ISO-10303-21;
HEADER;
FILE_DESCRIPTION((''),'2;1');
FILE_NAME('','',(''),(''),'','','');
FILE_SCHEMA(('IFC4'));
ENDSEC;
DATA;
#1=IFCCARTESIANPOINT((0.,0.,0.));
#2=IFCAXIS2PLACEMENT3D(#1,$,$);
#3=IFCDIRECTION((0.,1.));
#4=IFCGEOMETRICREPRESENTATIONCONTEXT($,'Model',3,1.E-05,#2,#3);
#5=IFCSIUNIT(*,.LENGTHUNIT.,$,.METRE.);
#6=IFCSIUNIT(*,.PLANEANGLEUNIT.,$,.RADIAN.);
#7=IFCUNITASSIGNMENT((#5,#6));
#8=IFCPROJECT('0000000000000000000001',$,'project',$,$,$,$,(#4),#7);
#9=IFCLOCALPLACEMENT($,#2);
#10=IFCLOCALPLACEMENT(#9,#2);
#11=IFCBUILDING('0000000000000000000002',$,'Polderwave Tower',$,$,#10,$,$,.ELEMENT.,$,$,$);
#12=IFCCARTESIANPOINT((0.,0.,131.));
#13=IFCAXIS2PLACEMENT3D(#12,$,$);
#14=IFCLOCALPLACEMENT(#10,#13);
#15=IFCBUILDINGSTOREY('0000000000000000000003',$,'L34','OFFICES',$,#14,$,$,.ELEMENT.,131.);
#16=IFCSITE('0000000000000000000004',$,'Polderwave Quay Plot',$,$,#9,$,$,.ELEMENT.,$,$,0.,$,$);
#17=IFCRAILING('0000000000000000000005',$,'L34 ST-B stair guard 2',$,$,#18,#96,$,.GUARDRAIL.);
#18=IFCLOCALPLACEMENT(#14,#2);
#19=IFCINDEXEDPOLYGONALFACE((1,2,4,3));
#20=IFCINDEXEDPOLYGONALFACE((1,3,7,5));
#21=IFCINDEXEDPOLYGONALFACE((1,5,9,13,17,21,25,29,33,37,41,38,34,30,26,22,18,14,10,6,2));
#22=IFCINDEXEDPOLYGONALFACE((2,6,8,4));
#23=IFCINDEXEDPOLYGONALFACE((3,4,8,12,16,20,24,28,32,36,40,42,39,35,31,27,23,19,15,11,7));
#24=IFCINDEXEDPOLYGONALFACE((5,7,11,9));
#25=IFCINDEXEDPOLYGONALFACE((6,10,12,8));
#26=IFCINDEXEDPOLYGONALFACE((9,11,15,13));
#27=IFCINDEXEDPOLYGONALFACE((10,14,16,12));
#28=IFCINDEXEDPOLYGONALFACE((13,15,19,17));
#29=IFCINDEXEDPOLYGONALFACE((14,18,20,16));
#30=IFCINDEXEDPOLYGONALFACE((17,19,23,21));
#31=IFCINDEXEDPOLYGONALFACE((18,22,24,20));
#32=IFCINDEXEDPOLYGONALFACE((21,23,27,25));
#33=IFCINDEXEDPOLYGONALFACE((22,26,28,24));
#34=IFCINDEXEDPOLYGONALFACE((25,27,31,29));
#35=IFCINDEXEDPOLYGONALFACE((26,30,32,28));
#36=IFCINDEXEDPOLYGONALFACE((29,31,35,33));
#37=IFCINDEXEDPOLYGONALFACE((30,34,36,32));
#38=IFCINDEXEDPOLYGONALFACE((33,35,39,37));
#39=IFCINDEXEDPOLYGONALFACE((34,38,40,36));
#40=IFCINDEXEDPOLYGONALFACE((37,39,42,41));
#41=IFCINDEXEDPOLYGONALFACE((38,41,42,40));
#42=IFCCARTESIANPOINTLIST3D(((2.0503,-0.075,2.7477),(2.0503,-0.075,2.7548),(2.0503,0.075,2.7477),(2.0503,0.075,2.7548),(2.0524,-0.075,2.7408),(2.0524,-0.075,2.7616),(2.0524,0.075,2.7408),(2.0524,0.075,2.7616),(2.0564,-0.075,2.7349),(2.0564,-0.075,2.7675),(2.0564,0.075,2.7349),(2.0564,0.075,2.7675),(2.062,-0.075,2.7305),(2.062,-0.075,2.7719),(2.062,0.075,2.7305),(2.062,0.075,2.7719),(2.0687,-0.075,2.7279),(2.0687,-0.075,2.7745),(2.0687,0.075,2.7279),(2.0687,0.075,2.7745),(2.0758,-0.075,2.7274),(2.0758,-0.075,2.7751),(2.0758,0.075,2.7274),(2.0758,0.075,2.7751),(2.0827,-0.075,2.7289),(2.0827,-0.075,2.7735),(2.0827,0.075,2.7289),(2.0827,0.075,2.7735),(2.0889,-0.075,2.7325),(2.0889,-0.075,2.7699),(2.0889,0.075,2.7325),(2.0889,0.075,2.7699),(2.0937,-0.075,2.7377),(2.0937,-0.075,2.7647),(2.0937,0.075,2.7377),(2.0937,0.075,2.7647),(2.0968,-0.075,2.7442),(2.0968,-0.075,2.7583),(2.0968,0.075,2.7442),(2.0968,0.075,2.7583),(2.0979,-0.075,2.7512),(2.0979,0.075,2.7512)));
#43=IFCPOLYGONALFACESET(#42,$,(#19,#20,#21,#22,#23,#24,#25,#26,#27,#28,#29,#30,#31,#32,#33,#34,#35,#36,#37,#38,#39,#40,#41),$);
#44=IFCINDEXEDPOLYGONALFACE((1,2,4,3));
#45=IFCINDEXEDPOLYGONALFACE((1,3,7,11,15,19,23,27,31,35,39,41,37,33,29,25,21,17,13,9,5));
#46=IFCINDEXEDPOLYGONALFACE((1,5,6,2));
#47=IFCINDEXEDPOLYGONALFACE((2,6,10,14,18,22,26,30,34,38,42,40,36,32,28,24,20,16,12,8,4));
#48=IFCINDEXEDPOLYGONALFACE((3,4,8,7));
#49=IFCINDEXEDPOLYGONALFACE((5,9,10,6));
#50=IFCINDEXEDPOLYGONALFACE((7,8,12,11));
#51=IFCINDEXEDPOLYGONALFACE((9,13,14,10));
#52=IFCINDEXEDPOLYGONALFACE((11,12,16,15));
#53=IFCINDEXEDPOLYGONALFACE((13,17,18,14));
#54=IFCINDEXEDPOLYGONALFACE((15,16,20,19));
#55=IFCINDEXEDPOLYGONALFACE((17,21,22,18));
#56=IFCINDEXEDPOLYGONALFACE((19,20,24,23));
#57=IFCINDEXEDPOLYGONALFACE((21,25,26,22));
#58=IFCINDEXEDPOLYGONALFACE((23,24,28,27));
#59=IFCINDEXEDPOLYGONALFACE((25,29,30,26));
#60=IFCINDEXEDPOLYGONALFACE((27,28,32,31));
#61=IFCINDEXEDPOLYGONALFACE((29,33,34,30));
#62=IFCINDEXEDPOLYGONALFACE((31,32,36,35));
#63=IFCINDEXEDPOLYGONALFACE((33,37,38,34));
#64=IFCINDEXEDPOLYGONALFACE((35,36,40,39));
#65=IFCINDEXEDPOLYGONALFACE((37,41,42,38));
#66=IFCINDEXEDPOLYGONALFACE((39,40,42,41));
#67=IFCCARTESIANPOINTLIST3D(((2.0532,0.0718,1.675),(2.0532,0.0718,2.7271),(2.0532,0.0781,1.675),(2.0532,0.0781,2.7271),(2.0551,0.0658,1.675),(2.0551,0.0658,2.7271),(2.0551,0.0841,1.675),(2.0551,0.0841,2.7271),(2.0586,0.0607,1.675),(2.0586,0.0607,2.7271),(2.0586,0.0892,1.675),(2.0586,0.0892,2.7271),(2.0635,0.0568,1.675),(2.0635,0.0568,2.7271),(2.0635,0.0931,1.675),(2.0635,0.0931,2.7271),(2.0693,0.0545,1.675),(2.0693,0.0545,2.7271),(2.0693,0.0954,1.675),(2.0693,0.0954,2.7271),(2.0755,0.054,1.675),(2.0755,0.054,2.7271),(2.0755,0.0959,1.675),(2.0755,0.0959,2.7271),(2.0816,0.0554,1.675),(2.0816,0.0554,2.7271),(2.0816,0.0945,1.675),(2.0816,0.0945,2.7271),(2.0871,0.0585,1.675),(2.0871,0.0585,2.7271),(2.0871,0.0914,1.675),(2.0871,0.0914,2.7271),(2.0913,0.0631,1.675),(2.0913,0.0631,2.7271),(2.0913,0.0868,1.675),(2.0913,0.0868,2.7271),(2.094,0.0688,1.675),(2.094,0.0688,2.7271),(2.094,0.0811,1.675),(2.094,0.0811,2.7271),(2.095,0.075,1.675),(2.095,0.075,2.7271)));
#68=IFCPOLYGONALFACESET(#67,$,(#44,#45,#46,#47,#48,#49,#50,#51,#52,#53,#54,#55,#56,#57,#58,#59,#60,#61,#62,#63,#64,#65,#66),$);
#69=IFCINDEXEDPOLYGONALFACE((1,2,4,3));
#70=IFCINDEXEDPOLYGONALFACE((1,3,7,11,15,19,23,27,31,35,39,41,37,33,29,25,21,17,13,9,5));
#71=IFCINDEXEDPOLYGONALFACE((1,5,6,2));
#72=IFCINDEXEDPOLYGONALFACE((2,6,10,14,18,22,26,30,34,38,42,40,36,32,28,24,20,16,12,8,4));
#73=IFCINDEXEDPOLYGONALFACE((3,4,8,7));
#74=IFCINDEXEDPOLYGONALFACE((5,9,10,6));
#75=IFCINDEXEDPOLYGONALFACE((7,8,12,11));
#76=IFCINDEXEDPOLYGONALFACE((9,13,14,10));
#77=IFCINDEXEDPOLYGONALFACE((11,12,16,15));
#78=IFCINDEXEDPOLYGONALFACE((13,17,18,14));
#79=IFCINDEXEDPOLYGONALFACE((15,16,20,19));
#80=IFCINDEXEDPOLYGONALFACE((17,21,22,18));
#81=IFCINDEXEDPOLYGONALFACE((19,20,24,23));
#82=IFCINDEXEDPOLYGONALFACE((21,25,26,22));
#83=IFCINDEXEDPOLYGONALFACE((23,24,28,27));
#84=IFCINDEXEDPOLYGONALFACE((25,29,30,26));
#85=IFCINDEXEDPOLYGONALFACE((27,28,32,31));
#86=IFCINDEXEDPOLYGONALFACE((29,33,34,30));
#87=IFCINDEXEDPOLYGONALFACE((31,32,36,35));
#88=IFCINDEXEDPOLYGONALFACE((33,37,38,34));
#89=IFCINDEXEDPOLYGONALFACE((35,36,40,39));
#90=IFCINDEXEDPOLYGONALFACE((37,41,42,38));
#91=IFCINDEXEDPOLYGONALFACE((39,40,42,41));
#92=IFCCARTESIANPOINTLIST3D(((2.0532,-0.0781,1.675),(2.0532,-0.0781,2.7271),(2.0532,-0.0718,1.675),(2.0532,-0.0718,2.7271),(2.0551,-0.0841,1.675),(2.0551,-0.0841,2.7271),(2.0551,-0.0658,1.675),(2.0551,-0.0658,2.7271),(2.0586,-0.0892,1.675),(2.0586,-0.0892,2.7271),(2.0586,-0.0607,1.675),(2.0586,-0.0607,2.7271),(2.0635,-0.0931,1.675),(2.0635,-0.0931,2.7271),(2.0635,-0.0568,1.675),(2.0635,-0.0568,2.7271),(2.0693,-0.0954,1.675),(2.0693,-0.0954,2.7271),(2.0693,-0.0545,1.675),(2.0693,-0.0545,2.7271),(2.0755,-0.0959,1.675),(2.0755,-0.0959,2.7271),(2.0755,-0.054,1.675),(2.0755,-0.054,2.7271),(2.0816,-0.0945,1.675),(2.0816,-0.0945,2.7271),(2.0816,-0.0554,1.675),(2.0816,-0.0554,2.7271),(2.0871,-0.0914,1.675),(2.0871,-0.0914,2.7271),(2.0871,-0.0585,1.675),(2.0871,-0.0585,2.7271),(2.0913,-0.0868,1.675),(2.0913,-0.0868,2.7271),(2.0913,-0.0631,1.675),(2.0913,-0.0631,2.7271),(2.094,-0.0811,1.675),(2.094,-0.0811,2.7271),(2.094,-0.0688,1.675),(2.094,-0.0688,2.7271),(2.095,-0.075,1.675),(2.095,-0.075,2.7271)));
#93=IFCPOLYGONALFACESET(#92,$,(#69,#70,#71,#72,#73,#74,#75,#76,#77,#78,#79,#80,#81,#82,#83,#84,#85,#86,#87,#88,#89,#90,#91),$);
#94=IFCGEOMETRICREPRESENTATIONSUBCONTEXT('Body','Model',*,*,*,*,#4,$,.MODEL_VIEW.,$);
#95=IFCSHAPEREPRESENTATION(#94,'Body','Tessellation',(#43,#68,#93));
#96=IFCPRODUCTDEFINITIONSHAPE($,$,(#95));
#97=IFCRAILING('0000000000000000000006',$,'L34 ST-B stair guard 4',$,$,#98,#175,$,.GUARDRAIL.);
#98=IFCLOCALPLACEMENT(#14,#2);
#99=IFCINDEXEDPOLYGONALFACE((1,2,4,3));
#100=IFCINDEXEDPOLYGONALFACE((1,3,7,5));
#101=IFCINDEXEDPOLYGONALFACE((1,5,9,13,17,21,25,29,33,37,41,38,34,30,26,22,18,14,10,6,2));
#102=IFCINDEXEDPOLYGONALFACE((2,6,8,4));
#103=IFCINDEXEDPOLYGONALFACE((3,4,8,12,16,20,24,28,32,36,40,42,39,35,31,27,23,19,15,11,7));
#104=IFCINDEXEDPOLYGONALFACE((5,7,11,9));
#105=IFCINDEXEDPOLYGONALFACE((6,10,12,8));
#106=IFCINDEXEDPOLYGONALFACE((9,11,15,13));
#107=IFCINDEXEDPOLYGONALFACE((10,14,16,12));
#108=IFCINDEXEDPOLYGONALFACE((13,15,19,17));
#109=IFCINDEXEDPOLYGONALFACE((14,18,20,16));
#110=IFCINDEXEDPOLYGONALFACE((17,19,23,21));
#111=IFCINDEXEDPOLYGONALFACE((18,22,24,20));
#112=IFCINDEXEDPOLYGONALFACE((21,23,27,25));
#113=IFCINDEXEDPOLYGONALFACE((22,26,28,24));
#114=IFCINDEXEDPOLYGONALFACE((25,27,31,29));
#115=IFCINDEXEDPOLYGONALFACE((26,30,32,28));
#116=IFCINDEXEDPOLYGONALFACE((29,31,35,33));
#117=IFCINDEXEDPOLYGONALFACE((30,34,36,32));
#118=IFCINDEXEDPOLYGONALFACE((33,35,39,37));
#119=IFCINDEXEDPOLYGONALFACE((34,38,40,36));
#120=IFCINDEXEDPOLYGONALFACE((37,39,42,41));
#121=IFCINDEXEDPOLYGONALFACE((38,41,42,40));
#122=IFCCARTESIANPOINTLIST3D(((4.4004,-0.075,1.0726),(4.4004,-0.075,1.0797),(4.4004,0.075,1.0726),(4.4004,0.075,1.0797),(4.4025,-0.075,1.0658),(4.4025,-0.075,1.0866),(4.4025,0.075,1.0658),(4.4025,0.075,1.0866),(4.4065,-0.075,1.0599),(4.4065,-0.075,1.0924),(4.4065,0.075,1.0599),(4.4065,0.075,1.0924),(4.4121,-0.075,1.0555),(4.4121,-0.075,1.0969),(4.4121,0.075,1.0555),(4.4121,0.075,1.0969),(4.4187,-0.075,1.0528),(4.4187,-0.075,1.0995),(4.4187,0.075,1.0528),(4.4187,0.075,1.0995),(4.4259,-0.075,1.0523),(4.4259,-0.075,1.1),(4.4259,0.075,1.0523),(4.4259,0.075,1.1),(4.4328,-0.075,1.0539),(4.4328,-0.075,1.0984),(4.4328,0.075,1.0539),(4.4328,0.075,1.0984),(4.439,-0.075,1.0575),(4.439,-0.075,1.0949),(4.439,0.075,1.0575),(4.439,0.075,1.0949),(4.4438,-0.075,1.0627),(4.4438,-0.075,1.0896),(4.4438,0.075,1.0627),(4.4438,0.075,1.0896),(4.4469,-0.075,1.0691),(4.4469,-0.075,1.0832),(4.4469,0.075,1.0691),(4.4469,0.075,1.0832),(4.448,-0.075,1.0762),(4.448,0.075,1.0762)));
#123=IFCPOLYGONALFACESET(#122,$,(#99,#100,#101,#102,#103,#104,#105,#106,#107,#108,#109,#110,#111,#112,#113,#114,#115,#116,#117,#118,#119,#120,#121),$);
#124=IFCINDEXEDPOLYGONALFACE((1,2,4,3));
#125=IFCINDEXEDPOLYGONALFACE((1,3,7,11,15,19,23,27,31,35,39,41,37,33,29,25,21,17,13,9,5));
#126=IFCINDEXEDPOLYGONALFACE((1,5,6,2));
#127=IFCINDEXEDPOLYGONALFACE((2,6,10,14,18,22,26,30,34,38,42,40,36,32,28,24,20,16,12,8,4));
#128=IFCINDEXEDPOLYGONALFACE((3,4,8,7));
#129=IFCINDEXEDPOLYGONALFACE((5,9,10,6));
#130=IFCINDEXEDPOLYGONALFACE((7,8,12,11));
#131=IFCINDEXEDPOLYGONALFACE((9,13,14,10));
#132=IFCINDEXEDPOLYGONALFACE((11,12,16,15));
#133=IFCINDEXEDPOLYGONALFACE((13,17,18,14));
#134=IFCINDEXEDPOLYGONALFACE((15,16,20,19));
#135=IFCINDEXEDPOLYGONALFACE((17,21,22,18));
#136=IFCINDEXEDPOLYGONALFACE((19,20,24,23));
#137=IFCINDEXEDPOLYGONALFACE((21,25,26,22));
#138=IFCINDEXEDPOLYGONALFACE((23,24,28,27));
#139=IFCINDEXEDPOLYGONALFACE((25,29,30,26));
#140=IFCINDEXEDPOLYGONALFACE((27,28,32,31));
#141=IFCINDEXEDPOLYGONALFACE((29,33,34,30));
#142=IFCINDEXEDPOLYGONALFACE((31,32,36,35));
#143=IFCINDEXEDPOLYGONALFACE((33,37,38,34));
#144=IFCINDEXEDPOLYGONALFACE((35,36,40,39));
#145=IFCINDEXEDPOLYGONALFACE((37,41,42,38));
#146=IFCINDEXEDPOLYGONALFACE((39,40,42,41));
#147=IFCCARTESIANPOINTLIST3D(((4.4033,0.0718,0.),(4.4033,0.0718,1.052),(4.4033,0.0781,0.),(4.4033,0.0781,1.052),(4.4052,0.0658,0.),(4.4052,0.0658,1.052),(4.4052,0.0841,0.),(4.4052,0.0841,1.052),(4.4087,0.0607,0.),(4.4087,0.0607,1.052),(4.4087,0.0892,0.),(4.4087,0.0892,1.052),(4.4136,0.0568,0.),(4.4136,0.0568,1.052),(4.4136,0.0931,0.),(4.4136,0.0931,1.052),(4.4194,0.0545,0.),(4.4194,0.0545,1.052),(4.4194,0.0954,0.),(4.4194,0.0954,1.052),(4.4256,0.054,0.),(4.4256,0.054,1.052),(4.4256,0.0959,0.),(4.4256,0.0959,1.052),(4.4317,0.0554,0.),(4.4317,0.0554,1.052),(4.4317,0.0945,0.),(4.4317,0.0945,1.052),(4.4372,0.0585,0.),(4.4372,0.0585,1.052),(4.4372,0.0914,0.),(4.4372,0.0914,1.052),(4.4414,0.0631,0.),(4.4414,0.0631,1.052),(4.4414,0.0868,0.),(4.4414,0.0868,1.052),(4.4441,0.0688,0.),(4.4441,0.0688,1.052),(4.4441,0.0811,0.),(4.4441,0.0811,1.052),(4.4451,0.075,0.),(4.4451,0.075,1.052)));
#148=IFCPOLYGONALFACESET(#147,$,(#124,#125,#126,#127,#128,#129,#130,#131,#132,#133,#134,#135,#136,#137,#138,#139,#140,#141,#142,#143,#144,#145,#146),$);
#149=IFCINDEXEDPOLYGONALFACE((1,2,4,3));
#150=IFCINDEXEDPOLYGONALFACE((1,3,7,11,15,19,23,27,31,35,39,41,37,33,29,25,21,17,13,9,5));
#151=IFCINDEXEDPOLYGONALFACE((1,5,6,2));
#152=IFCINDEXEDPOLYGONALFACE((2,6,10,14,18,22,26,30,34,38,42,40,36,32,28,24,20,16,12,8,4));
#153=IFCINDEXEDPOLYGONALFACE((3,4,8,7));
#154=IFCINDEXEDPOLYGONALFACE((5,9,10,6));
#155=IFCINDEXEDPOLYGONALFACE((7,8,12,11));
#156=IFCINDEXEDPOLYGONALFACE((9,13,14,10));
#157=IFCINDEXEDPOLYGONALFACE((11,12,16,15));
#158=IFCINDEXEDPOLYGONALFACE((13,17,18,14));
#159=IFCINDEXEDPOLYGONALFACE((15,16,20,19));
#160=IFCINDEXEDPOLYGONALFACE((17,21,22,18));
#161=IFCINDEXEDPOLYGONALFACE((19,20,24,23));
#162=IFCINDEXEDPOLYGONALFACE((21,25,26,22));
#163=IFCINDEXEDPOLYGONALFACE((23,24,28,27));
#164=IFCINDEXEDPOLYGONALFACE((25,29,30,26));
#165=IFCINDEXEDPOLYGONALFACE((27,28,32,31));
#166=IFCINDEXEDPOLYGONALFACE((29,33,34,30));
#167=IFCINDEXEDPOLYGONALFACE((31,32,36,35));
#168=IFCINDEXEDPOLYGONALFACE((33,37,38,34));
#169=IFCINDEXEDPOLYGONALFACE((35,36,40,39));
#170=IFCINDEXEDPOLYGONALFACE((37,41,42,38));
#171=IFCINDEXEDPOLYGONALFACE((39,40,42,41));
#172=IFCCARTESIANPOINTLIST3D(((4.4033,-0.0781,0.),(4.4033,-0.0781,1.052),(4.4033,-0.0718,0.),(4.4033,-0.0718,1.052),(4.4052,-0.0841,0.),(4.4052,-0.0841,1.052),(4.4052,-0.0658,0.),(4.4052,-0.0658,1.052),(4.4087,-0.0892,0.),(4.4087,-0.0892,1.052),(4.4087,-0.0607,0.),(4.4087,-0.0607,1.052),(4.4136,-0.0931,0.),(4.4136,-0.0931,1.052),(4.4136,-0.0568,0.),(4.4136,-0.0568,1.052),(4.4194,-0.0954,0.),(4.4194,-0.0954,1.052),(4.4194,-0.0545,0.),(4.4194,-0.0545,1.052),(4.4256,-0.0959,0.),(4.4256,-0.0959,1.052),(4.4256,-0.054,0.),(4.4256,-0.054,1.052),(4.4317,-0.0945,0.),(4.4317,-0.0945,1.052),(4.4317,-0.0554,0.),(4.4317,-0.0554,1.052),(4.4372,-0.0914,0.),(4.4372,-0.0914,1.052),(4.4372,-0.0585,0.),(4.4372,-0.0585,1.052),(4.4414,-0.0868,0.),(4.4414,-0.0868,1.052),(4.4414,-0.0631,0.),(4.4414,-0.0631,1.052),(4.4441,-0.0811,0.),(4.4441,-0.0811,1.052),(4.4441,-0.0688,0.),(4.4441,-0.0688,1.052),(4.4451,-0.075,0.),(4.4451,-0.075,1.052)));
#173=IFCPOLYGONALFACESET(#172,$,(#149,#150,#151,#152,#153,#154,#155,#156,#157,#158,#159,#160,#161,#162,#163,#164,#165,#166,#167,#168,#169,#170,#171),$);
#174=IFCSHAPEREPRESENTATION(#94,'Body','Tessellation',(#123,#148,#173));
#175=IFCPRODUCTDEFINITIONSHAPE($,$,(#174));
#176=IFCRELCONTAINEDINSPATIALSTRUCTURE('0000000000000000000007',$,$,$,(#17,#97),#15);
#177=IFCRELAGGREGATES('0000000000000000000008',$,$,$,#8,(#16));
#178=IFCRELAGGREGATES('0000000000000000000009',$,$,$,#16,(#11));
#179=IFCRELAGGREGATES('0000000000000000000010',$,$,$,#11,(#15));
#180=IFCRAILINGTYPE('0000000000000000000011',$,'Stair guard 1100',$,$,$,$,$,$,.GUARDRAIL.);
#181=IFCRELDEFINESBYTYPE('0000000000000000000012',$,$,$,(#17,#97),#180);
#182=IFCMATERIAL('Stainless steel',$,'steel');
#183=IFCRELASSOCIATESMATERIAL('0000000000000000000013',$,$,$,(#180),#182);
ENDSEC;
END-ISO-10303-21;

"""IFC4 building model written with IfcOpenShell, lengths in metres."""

from ifc_helpers import new_model, si_unit, direction, frame, origin, origin_2d, place, context, subcontext, project, spatial, circle, extrude, material, type_object, element, save


model = new_model("IFC4")

# Units and contexts
model_context = context("Model", 3, precision=1e-05, world=origin(), true_north=direction((0.0, 1.0)))
body_context = subcontext(model_context, "Body", "Model", "MODEL_VIEW")
ifc_project = project(units=[si_unit("LENGTHUNIT", "METRE"), si_unit("PLANEANGLEUNIT", "RADIAN")], contexts=[model_context])

# Site, building, storey
site_placement = place(None, origin())
site = spatial("IfcSite", under=ifc_project, at=site_placement, Name="Polderwave Quay Plot", CompositionType="ELEMENT", RefElevation=0.0)
building_placement = place(site_placement, origin())
building = spatial("IfcBuilding", under=site, at=building_placement, Name="Polderwave Tower", CompositionType="ELEMENT")
storey_placement = place(building_placement, frame((0.0, 0.0, 131.0)))
storey = spatial("IfcBuildingStorey", under=building, at=storey_placement, Name="L34", Description="OFFICES", CompositionType="ELEMENT", Elevation=131.0)

# Shared definitions
ifc_material_1 = material(Name="Stainless steel", Category="steel")

# Railings
railing_type_1 = type_object("IfcRailingType", Name="Stair guard 1100", PredefinedType="GUARDRAIL", material=ifc_material_1)
for number, where, name in (
    (1, (2.074, 0.075, 1.675), "L34 ST-B stair guard 2"),
    (2, (4.4241, 0.075, 0.0), "L34 ST-B stair guard 4"),
):
    element("IfcRailing", number, at=place(storey_placement, frame(where)), inside=storey, type_object=railing_type_1, Name=name, PredefinedType="GUARDRAIL", context=body_context, shape_type="SweptSolid", body=[
        extrude(circle(Radius=0.0239, at=origin_2d()), frame((0.0, 0.0, 1.0762), z_axis=(0.0, -1.0, 0.0), x_axis=(1.0, 0.0, 0.0)), (0.0, 0.0, 1.0), 0.1499),
        extrude(circle(Radius=0.021, at=origin_2d()), origin(), (0.0, 0.0, 1.0), 1.052),
        extrude(circle(Radius=0.021, at=origin_2d()), frame((0.0, -0.1499, 0.0)), (0.0, 0.0, 1.0), 1.052),
    ])

save(model, "model.ifc")
